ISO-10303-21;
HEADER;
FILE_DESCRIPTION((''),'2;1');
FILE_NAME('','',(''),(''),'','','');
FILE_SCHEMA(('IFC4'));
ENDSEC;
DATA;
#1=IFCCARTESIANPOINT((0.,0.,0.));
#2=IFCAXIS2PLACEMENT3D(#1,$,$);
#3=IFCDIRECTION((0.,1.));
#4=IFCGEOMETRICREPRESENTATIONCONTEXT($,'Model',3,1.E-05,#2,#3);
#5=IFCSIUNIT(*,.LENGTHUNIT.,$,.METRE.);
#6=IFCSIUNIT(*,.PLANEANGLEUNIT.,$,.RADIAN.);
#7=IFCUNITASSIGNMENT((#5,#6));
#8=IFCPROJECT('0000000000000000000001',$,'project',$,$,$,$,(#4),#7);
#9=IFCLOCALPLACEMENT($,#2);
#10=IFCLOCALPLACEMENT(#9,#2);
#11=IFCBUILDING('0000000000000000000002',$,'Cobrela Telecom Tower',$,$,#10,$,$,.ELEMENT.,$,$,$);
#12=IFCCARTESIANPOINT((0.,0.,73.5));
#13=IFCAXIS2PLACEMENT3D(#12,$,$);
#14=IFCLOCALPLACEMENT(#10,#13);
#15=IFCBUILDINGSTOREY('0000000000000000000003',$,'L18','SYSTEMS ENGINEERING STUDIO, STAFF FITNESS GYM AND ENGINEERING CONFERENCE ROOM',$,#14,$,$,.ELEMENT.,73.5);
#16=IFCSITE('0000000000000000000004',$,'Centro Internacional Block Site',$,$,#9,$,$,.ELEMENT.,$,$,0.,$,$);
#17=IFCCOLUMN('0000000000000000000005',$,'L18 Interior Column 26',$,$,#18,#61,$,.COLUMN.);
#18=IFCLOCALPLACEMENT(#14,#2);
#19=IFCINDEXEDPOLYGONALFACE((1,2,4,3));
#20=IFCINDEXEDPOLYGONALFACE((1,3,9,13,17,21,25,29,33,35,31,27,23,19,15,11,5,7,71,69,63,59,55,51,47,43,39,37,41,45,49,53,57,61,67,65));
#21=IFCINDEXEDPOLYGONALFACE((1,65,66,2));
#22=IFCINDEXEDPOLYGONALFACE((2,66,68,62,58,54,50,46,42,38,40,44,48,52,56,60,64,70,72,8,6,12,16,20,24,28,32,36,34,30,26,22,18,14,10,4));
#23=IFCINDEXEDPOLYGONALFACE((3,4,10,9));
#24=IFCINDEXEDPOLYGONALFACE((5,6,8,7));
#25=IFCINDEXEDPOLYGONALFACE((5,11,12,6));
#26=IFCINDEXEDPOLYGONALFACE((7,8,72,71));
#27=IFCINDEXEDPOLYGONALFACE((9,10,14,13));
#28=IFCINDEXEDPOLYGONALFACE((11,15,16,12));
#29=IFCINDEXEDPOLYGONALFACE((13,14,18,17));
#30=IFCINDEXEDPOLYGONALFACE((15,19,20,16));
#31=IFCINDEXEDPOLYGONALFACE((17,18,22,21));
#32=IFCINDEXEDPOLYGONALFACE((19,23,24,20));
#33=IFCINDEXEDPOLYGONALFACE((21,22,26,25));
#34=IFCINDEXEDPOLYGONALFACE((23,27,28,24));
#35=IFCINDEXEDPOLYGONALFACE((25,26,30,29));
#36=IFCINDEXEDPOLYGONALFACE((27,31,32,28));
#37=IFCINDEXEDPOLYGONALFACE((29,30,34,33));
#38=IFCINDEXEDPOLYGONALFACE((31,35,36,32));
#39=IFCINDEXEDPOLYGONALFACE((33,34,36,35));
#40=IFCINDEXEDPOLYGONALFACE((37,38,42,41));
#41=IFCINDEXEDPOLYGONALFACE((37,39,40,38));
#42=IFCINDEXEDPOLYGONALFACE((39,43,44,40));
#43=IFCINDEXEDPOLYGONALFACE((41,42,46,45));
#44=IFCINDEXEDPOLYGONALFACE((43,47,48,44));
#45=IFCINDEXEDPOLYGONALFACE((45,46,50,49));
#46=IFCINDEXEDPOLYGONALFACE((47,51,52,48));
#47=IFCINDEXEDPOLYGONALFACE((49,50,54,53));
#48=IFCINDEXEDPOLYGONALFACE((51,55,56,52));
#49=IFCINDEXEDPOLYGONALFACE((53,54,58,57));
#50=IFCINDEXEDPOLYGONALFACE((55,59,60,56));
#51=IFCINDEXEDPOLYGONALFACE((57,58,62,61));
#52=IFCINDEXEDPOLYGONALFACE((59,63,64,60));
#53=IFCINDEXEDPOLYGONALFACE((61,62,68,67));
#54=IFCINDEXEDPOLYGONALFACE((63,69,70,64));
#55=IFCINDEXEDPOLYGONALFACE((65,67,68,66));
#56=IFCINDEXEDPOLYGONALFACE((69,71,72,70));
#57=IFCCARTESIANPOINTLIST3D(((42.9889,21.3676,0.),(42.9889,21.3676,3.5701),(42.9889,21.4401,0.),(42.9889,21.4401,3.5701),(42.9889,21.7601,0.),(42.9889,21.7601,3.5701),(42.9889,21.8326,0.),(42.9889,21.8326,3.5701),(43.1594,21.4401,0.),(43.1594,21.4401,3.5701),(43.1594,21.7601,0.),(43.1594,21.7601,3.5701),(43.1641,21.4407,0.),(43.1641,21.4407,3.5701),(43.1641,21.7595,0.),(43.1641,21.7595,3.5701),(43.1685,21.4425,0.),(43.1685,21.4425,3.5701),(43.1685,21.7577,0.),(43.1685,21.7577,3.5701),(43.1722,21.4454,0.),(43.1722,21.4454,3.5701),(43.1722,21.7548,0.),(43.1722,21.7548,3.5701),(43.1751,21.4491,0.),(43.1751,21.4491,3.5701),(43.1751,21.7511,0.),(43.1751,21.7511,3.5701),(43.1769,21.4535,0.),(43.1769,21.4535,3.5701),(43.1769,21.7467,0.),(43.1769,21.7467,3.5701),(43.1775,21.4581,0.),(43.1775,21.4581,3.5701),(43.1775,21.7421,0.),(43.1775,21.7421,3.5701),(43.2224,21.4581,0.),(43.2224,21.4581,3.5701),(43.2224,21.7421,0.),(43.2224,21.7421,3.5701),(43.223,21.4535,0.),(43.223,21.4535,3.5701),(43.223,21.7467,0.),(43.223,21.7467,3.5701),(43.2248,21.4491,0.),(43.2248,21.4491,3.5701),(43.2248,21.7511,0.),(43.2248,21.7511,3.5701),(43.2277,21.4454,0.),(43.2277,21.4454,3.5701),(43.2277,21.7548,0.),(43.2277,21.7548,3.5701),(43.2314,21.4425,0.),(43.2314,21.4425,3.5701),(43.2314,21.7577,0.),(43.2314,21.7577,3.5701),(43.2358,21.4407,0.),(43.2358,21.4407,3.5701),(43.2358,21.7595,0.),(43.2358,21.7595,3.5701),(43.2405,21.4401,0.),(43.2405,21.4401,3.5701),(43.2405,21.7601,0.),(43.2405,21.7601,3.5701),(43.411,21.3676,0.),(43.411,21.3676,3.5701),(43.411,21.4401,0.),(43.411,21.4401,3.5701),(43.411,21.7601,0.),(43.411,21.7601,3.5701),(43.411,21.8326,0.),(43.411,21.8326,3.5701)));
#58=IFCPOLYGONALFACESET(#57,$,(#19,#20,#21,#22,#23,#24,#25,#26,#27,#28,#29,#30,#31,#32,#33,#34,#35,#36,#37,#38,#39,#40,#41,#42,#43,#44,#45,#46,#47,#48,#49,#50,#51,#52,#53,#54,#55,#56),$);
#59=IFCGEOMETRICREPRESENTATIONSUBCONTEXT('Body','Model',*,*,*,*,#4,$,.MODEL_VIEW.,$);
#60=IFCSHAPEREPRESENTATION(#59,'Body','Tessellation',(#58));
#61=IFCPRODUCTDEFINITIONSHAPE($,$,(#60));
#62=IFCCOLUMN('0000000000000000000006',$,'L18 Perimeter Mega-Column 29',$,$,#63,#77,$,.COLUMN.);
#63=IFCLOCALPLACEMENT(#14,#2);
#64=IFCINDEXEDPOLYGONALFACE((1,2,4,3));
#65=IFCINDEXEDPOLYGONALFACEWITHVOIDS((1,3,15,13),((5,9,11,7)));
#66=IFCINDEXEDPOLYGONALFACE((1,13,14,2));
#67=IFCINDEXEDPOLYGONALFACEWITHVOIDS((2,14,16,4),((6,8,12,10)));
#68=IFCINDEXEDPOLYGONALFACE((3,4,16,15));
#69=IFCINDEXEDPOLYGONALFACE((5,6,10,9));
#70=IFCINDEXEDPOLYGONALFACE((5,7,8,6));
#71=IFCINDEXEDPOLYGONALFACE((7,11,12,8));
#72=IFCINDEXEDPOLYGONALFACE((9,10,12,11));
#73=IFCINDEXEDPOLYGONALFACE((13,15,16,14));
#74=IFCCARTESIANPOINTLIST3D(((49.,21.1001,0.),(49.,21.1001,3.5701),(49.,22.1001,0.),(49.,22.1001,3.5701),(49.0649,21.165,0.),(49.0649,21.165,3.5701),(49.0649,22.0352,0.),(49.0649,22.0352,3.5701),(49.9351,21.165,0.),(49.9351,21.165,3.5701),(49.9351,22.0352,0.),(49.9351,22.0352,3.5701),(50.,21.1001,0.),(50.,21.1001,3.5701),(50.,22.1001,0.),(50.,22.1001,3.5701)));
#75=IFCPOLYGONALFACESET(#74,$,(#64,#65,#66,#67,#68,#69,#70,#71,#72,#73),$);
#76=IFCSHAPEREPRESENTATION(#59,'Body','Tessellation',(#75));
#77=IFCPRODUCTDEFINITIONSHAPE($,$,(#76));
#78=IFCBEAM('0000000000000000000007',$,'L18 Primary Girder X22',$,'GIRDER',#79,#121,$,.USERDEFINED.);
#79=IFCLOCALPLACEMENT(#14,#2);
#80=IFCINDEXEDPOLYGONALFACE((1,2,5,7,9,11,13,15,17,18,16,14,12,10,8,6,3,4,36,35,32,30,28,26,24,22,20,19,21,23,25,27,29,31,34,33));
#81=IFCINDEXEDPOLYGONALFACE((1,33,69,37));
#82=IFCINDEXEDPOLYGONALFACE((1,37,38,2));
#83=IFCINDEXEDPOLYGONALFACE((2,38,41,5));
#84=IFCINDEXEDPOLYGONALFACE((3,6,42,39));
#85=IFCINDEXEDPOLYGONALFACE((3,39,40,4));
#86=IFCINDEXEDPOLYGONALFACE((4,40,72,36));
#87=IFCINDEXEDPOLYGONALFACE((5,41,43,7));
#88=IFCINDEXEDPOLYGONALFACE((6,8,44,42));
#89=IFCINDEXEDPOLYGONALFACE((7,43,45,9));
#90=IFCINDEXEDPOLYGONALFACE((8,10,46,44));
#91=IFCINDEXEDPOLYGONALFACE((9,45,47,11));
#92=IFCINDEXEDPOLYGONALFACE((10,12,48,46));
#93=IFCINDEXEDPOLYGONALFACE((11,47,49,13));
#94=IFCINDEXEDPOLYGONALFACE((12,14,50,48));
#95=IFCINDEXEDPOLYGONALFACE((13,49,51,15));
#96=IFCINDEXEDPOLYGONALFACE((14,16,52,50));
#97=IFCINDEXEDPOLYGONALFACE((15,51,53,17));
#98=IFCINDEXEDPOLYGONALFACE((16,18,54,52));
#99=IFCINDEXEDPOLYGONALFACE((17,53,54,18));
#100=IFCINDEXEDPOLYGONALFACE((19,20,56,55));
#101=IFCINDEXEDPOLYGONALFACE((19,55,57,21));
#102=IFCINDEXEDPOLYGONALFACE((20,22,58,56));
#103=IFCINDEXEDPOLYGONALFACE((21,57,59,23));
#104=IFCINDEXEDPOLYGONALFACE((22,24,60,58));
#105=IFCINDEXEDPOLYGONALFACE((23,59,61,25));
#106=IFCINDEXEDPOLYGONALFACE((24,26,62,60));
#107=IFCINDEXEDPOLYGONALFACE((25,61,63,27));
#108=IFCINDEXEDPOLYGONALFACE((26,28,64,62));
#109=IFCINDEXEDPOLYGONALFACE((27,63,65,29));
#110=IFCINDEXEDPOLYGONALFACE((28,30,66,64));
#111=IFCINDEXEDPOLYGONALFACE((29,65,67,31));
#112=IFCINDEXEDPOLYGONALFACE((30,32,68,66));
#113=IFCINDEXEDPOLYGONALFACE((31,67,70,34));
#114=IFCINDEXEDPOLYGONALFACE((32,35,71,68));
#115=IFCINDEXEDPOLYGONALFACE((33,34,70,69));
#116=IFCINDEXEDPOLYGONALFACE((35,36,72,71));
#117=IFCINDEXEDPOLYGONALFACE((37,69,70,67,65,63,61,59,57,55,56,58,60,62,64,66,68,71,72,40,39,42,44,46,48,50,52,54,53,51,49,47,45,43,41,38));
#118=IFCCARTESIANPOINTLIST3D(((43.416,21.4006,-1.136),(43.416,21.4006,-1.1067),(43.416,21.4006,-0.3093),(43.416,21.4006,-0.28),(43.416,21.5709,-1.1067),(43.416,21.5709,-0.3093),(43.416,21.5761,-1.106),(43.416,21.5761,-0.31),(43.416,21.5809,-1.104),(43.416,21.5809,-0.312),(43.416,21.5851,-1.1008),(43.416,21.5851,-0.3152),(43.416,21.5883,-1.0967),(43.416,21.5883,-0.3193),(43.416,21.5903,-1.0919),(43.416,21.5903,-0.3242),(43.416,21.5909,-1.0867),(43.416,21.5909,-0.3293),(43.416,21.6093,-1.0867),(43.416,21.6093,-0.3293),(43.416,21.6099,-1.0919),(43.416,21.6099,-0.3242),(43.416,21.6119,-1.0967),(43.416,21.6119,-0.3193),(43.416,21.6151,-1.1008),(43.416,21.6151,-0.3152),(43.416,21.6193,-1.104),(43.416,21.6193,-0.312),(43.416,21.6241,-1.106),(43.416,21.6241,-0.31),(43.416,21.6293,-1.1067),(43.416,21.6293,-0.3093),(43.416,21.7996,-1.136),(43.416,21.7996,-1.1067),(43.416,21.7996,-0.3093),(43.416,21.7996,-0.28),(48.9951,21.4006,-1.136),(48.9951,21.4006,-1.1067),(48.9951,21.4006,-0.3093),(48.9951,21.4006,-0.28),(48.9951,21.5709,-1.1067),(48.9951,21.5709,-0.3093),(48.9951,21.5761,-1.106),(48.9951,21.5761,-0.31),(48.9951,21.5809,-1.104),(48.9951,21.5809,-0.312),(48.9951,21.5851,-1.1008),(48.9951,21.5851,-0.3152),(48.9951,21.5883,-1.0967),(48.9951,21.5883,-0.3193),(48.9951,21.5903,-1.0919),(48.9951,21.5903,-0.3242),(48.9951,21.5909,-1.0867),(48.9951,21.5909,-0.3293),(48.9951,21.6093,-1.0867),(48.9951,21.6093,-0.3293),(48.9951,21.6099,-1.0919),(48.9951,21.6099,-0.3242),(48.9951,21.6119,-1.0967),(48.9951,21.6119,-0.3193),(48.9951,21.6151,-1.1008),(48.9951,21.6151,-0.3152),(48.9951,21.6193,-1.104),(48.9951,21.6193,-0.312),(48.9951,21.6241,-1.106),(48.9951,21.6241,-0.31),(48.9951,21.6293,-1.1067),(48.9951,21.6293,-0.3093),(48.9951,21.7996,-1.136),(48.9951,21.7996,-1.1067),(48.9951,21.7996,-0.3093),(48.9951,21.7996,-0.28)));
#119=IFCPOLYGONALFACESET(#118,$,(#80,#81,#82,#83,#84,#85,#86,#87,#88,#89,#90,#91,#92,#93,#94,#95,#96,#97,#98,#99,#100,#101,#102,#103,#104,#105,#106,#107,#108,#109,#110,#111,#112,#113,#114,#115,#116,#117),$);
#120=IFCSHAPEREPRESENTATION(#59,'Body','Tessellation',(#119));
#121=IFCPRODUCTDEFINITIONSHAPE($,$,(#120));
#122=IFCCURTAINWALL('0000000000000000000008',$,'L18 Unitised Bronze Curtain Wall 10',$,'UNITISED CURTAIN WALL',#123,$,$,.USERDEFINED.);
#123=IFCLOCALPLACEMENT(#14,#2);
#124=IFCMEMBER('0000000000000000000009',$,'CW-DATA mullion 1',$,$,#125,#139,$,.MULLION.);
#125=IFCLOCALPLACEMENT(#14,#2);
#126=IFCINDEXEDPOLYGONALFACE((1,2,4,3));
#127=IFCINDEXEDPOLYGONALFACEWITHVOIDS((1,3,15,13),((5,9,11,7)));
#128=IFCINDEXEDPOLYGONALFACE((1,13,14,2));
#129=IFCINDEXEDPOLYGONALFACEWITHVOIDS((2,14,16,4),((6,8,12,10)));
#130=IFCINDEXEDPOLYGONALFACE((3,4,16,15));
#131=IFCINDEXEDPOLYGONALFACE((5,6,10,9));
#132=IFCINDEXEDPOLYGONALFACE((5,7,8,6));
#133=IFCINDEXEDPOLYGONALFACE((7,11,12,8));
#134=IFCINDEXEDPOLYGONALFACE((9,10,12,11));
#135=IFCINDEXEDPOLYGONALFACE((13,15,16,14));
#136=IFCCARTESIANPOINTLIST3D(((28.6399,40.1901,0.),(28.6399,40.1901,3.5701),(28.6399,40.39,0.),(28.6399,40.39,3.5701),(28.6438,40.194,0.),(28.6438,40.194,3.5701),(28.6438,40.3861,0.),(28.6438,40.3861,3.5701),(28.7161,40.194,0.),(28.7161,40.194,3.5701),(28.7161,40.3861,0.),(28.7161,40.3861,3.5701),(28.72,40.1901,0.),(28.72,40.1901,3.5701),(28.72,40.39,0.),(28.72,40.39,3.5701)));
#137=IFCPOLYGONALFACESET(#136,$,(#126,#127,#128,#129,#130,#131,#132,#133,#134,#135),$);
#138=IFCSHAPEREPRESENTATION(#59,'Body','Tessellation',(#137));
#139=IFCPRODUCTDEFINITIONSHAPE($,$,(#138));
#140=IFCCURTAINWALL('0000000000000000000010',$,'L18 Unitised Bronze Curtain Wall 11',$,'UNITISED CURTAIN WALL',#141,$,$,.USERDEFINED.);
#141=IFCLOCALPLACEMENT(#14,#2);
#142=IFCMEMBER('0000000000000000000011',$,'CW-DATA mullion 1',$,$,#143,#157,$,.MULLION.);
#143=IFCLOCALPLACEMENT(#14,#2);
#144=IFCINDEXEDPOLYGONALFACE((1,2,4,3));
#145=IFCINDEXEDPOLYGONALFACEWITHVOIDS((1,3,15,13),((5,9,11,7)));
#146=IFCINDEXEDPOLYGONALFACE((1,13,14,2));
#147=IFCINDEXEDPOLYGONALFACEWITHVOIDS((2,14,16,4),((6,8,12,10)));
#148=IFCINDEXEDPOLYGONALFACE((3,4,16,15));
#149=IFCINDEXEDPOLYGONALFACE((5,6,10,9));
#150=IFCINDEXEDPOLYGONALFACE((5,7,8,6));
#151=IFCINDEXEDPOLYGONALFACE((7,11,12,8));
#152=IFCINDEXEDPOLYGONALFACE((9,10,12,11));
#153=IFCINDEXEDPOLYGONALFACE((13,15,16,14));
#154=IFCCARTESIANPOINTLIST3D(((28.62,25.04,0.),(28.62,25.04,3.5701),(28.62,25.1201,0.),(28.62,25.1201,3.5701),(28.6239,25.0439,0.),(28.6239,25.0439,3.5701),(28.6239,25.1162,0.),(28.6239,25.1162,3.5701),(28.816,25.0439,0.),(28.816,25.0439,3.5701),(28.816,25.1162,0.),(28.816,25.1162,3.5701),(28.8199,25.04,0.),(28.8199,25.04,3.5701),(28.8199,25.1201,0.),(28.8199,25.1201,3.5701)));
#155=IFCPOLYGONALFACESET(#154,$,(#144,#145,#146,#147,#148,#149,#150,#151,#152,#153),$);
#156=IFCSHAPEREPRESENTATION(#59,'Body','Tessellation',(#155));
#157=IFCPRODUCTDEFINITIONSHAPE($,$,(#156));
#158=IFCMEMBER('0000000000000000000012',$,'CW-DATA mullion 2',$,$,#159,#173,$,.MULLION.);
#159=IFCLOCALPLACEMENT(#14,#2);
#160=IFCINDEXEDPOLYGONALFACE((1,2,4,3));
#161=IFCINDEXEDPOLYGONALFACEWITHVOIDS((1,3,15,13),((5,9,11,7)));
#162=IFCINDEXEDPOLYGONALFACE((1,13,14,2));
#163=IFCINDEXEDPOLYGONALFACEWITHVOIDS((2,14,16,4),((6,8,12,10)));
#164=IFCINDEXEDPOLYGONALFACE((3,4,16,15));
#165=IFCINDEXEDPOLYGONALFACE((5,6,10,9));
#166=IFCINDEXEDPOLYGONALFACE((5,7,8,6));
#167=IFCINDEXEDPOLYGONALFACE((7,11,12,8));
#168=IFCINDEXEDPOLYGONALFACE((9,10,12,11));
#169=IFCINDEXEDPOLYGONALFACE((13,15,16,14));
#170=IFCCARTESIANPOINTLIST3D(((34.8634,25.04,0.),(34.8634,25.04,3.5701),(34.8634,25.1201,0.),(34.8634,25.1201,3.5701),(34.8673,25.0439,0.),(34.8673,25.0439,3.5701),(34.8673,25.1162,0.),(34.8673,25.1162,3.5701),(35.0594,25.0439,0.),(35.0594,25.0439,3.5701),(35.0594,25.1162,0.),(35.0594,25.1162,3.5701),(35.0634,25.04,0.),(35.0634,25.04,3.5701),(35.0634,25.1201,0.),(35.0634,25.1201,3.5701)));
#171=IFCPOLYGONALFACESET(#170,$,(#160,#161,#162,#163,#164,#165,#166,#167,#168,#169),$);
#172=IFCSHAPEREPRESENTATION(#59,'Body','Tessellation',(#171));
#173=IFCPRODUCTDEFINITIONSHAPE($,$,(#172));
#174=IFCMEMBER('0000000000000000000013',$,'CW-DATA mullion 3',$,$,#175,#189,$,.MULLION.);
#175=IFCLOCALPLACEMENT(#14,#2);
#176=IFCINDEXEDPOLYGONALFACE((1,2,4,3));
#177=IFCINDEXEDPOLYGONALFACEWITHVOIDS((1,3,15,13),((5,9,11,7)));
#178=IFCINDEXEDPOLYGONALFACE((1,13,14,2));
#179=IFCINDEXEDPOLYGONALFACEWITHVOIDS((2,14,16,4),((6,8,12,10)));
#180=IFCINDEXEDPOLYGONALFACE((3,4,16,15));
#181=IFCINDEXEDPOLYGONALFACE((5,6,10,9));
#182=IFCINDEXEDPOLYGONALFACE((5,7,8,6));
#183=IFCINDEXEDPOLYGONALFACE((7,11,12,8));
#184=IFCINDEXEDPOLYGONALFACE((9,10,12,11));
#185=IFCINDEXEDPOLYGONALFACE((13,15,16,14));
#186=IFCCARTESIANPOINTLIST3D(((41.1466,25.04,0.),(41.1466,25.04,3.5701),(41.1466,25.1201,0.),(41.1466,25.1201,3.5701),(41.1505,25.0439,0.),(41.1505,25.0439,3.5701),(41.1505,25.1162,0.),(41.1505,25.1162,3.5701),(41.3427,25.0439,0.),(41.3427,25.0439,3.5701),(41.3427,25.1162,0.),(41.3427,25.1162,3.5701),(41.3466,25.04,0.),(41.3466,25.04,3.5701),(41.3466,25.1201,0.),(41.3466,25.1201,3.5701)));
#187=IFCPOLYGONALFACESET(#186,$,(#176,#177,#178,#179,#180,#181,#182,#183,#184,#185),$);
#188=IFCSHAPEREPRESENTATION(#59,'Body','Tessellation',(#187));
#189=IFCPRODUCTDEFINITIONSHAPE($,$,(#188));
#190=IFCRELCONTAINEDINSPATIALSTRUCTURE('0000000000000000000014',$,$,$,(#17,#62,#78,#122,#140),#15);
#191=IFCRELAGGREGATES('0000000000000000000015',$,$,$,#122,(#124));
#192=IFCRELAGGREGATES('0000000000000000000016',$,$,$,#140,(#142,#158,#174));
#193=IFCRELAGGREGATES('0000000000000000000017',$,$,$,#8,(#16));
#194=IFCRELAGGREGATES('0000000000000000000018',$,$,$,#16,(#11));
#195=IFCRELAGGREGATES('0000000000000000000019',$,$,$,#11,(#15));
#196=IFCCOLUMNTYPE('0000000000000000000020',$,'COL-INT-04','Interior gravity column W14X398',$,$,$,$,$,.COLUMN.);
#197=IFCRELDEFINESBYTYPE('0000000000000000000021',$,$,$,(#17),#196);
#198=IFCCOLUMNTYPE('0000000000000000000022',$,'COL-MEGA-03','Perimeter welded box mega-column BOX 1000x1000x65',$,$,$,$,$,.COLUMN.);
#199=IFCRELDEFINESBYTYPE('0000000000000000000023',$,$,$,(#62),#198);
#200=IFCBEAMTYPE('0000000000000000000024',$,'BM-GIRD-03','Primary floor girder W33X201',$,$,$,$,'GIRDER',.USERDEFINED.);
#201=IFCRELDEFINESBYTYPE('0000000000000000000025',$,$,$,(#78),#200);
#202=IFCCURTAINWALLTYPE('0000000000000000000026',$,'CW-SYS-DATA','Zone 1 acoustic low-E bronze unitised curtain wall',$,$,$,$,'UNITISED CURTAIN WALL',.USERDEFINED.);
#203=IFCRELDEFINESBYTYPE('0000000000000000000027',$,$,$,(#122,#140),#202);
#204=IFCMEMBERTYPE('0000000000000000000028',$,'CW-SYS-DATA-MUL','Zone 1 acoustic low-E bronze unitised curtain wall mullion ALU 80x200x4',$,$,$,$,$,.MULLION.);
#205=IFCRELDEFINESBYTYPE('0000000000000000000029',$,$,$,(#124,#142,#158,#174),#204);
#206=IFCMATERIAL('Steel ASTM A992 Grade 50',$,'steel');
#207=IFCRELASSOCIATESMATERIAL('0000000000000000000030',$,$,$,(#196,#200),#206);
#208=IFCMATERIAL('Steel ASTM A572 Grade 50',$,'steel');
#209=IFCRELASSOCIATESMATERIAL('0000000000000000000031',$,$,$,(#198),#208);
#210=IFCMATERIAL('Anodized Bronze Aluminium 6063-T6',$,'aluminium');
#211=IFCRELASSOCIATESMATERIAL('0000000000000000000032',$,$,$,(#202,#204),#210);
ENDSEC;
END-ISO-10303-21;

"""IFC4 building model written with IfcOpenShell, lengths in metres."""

from ifc_helpers import new_model, si_unit, direction, frame, origin, origin_2d, place, context, subcontext, project, spatial, hollow_rectangle, i_section, extrude, material, material_profile, profile_set, type_object, element, aggregate, save


model = new_model("IFC4")

# Units and contexts
model_context = context("Model", 3, precision=1e-05, world=origin(), true_north=direction((0.0, 1.0)))
body_context = subcontext(model_context, "Body", "Model", "MODEL_VIEW")
ifc_project = project(units=[si_unit("LENGTHUNIT", "METRE"), si_unit("PLANEANGLEUNIT", "RADIAN")], contexts=[model_context])

# Site, building, storey
site_placement = place(None, origin())
site = spatial("IfcSite", under=ifc_project, at=site_placement, Name="Centro Internacional Block Site", CompositionType="ELEMENT", RefElevation=0.0)
building_placement = place(site_placement, origin())
building = spatial("IfcBuilding", under=site, at=building_placement, Name="Cobrela Telecom Tower", CompositionType="ELEMENT")
storey_placement = place(building_placement, frame((0.0, 0.0, 73.5)))
storey = spatial("IfcBuildingStorey", under=building, at=storey_placement, Name="L18", Description="SYSTEMS ENGINEERING STUDIO, STAFF FITNESS GYM AND ENGINEERING CONFERENCE ROOM", CompositionType="ELEMENT", Elevation=73.5)

# Columns
ifc_material_1 = material(Name="Steel ASTM A992 Grade 50", Category="steel")
ifc_material_profile_1 = material_profile(ifc_material_1, i_section(OverallWidth=0.4221, OverallDepth=0.4651, WebThickness=0.0449, FlangeThickness=0.0725, FilletRadius=0.0181, at=origin_2d()), Name="W14X398")
ifc_profile_set_1 = profile_set([ifc_material_profile_1], Name="Steel ASTM A992 Grade 50")
column_type_1 = type_object("IfcColumnType", Name="COL-INT-04", Description="Interior gravity column W14X398", PredefinedType="COLUMN", material=ifc_profile_set_1)
column_1_placement = place(storey_placement, frame((43.2, 21.6001, 0.0), z_axis=(0.0, 0.0, 1.0), x_axis=(1.0, 0.0, 0.0)))
element("IfcColumn", 1, at=column_1_placement, inside=storey, type_object=column_type_1, Name="L18 Interior Column 26", PredefinedType="COLUMN", context=body_context, shape_type="SweptSolid", body=[
    extrude(i_section(OverallWidth=0.4221, OverallDepth=0.4651, WebThickness=0.0449, FlangeThickness=0.0725, FilletRadius=0.0181, at=origin_2d()), origin(), (0.0, 0.0, 1.0), 3.5701),
])
ifc_material_2 = material(Name="Steel ASTM A572 Grade 50", Category="steel")
ifc_material_profile_2 = material_profile(ifc_material_2, hollow_rectangle(XDim=1.0, YDim=1.0, WallThickness=0.0649, at=origin_2d()), Name="BOX 1000x1000x65")
ifc_profile_set_2 = profile_set([ifc_material_profile_2], Name="Steel ASTM A572 Grade 50")
column_type_2 = type_object("IfcColumnType", Name="COL-MEGA-03", Description="Perimeter welded box mega-column BOX 1000x1000x65", PredefinedType="COLUMN", material=ifc_profile_set_2)
column_2_placement = place(storey_placement, frame((49.5, 21.6001, 0.0), z_axis=(0.0, 0.0, 1.0), x_axis=(1.0, 0.0, 0.0)))
element("IfcColumn", 2, at=column_2_placement, inside=storey, type_object=column_type_2, Name="L18 Perimeter Mega-Column 29", PredefinedType="COLUMN", context=body_context, shape_type="SweptSolid", body=[
    extrude(hollow_rectangle(XDim=1.0, YDim=1.0, WallThickness=0.0649, at=origin_2d()), origin(), (0.0, 0.0, 1.0), 3.5701),
])

# Beam
ifc_material_profile_3 = material_profile(ifc_material_1, i_section(OverallWidth=0.3989, OverallDepth=0.856, WebThickness=0.0183, FlangeThickness=0.0293, FilletRadius=0.02, at=origin_2d()), Name="W33X201")
ifc_profile_set_3 = profile_set([ifc_material_profile_3], Name="Steel ASTM A992 Grade 50")
beam_type = type_object("IfcBeamType", Name="BM-GIRD-03", Description="Primary floor girder W33X201", ElementType="GIRDER", PredefinedType="USERDEFINED", material=ifc_profile_set_3)
beam_placement = place(storey_placement, frame((43.416, 21.6001, -0.708), z_axis=(1.0, 0.0, 0.0), x_axis=(0.0, 1.0, 0.0)))
element("IfcBeam", 3, at=beam_placement, inside=storey, type_object=beam_type, Name="L18 Primary Girder X22", ObjectType="GIRDER", PredefinedType="USERDEFINED", context=body_context, shape_type="SweptSolid", body=[
    extrude(i_section(OverallWidth=0.3989, OverallDepth=0.856, WebThickness=0.0183, FlangeThickness=0.0293, FilletRadius=0.02, at=origin_2d()), origin(), (0.0, 0.0, 1.0), 5.5791),
])

# Curtain wall, member
ifc_material_3 = material(Name="Anodized Bronze Aluminium 6063-T6", Category="aluminium")
curtain_wall_type = type_object("IfcCurtainWallType", Name="CW-SYS-DATA", Description="Zone 1 acoustic low-E bronze unitised curtain wall", ElementType="UNITISED CURTAIN WALL", PredefinedType="USERDEFINED", material=ifc_material_3)
curtain_wall_1_placement = place(storey_placement, origin())
curtain_wall_1 = element("IfcCurtainWall", 4, at=curtain_wall_1_placement, inside=storey, type_object=curtain_wall_type, Name="L18 Unitised Bronze Curtain Wall 10", ObjectType="UNITISED CURTAIN WALL", PredefinedType="USERDEFINED")
ifc_material_profile_4 = material_profile(ifc_material_3, hollow_rectangle(XDim=0.0801, YDim=0.2, WallThickness=0.0039, at=origin_2d()), Name="ALU 80x200x4")
ifc_profile_set_4 = profile_set([ifc_material_profile_4], Name="Anodized Bronze Aluminium 6063-T6")
member_type_1 = type_object("IfcMemberType", Name="CW-SYS-DATA-MUL", Description="Zone 1 acoustic low-E bronze unitised curtain wall mullion ALU 80x200x4", PredefinedType="MULLION", material=ifc_profile_set_4)
member_1_placement = place(storey_placement, frame((28.6799, 40.29, 0.0), z_axis=(0.0, 0.0, 1.0), x_axis=(1.0, 0.0, 0.0)))
member_1 = element("IfcMember", 5, at=member_1_placement, type_object=member_type_1, Name="CW-DATA mullion 1", PredefinedType="MULLION", context=body_context, shape_type="SweptSolid", body=[
    extrude(hollow_rectangle(XDim=0.0801, YDim=0.2, WallThickness=0.0039, at=origin_2d()), origin(), (0.0, 0.0, 1.0), 3.5701),
])
aggregate(curtain_wall_1, [member_1])

# Curtain wall, members
curtain_wall_2_placement = place(storey_placement, origin())
curtain_wall_2 = element("IfcCurtainWall", 6, at=curtain_wall_2_placement, inside=storey, type_object=curtain_wall_type, Name="L18 Unitised Bronze Curtain Wall 11", ObjectType="UNITISED CURTAIN WALL", PredefinedType="USERDEFINED")
member_2_placement = place(storey_placement, frame((28.72, 25.0801, 0.0), z_axis=(0.0, 0.0, 1.0), x_axis=(0.0, 1.0, 0.0)))
member_2 = element("IfcMember", 7, at=member_2_placement, type_object=member_type_1, Name="CW-DATA mullion 1", PredefinedType="MULLION", context=body_context, shape_type="SweptSolid", body=[
    extrude(hollow_rectangle(XDim=0.0801, YDim=0.2, WallThickness=0.0039, at=origin_2d()), origin(), (0.0, 0.0, 1.0), 3.5701),
])
member_3_placement = place(storey_placement, frame((34.9634, 25.0801, 0.0), z_axis=(0.0, 0.0, 1.0), x_axis=(0.0, 1.0, 0.0)))
member_3 = element("IfcMember", 8, at=member_3_placement, type_object=member_type_1, Name="CW-DATA mullion 2", PredefinedType="MULLION", context=body_context, shape_type="SweptSolid", body=[
    extrude(hollow_rectangle(XDim=0.0801, YDim=0.2, WallThickness=0.0039, at=origin_2d()), origin(), (0.0, 0.0, 1.0), 3.5701),
])
member_4_placement = place(storey_placement, frame((41.2466, 25.0801, 0.0), z_axis=(0.0, 0.0, 1.0), x_axis=(0.0, 1.0, 0.0)))
member_4 = element("IfcMember", 9, at=member_4_placement, type_object=member_type_1, Name="CW-DATA mullion 3", PredefinedType="MULLION", context=body_context, shape_type="SweptSolid", body=[
    extrude(hollow_rectangle(XDim=0.0801, YDim=0.2, WallThickness=0.0039, at=origin_2d()), origin(), (0.0, 0.0, 1.0), 3.5701),
])

aggregate(curtain_wall_2, [member_2, member_3, member_4])

save(model, "model.ifc")
